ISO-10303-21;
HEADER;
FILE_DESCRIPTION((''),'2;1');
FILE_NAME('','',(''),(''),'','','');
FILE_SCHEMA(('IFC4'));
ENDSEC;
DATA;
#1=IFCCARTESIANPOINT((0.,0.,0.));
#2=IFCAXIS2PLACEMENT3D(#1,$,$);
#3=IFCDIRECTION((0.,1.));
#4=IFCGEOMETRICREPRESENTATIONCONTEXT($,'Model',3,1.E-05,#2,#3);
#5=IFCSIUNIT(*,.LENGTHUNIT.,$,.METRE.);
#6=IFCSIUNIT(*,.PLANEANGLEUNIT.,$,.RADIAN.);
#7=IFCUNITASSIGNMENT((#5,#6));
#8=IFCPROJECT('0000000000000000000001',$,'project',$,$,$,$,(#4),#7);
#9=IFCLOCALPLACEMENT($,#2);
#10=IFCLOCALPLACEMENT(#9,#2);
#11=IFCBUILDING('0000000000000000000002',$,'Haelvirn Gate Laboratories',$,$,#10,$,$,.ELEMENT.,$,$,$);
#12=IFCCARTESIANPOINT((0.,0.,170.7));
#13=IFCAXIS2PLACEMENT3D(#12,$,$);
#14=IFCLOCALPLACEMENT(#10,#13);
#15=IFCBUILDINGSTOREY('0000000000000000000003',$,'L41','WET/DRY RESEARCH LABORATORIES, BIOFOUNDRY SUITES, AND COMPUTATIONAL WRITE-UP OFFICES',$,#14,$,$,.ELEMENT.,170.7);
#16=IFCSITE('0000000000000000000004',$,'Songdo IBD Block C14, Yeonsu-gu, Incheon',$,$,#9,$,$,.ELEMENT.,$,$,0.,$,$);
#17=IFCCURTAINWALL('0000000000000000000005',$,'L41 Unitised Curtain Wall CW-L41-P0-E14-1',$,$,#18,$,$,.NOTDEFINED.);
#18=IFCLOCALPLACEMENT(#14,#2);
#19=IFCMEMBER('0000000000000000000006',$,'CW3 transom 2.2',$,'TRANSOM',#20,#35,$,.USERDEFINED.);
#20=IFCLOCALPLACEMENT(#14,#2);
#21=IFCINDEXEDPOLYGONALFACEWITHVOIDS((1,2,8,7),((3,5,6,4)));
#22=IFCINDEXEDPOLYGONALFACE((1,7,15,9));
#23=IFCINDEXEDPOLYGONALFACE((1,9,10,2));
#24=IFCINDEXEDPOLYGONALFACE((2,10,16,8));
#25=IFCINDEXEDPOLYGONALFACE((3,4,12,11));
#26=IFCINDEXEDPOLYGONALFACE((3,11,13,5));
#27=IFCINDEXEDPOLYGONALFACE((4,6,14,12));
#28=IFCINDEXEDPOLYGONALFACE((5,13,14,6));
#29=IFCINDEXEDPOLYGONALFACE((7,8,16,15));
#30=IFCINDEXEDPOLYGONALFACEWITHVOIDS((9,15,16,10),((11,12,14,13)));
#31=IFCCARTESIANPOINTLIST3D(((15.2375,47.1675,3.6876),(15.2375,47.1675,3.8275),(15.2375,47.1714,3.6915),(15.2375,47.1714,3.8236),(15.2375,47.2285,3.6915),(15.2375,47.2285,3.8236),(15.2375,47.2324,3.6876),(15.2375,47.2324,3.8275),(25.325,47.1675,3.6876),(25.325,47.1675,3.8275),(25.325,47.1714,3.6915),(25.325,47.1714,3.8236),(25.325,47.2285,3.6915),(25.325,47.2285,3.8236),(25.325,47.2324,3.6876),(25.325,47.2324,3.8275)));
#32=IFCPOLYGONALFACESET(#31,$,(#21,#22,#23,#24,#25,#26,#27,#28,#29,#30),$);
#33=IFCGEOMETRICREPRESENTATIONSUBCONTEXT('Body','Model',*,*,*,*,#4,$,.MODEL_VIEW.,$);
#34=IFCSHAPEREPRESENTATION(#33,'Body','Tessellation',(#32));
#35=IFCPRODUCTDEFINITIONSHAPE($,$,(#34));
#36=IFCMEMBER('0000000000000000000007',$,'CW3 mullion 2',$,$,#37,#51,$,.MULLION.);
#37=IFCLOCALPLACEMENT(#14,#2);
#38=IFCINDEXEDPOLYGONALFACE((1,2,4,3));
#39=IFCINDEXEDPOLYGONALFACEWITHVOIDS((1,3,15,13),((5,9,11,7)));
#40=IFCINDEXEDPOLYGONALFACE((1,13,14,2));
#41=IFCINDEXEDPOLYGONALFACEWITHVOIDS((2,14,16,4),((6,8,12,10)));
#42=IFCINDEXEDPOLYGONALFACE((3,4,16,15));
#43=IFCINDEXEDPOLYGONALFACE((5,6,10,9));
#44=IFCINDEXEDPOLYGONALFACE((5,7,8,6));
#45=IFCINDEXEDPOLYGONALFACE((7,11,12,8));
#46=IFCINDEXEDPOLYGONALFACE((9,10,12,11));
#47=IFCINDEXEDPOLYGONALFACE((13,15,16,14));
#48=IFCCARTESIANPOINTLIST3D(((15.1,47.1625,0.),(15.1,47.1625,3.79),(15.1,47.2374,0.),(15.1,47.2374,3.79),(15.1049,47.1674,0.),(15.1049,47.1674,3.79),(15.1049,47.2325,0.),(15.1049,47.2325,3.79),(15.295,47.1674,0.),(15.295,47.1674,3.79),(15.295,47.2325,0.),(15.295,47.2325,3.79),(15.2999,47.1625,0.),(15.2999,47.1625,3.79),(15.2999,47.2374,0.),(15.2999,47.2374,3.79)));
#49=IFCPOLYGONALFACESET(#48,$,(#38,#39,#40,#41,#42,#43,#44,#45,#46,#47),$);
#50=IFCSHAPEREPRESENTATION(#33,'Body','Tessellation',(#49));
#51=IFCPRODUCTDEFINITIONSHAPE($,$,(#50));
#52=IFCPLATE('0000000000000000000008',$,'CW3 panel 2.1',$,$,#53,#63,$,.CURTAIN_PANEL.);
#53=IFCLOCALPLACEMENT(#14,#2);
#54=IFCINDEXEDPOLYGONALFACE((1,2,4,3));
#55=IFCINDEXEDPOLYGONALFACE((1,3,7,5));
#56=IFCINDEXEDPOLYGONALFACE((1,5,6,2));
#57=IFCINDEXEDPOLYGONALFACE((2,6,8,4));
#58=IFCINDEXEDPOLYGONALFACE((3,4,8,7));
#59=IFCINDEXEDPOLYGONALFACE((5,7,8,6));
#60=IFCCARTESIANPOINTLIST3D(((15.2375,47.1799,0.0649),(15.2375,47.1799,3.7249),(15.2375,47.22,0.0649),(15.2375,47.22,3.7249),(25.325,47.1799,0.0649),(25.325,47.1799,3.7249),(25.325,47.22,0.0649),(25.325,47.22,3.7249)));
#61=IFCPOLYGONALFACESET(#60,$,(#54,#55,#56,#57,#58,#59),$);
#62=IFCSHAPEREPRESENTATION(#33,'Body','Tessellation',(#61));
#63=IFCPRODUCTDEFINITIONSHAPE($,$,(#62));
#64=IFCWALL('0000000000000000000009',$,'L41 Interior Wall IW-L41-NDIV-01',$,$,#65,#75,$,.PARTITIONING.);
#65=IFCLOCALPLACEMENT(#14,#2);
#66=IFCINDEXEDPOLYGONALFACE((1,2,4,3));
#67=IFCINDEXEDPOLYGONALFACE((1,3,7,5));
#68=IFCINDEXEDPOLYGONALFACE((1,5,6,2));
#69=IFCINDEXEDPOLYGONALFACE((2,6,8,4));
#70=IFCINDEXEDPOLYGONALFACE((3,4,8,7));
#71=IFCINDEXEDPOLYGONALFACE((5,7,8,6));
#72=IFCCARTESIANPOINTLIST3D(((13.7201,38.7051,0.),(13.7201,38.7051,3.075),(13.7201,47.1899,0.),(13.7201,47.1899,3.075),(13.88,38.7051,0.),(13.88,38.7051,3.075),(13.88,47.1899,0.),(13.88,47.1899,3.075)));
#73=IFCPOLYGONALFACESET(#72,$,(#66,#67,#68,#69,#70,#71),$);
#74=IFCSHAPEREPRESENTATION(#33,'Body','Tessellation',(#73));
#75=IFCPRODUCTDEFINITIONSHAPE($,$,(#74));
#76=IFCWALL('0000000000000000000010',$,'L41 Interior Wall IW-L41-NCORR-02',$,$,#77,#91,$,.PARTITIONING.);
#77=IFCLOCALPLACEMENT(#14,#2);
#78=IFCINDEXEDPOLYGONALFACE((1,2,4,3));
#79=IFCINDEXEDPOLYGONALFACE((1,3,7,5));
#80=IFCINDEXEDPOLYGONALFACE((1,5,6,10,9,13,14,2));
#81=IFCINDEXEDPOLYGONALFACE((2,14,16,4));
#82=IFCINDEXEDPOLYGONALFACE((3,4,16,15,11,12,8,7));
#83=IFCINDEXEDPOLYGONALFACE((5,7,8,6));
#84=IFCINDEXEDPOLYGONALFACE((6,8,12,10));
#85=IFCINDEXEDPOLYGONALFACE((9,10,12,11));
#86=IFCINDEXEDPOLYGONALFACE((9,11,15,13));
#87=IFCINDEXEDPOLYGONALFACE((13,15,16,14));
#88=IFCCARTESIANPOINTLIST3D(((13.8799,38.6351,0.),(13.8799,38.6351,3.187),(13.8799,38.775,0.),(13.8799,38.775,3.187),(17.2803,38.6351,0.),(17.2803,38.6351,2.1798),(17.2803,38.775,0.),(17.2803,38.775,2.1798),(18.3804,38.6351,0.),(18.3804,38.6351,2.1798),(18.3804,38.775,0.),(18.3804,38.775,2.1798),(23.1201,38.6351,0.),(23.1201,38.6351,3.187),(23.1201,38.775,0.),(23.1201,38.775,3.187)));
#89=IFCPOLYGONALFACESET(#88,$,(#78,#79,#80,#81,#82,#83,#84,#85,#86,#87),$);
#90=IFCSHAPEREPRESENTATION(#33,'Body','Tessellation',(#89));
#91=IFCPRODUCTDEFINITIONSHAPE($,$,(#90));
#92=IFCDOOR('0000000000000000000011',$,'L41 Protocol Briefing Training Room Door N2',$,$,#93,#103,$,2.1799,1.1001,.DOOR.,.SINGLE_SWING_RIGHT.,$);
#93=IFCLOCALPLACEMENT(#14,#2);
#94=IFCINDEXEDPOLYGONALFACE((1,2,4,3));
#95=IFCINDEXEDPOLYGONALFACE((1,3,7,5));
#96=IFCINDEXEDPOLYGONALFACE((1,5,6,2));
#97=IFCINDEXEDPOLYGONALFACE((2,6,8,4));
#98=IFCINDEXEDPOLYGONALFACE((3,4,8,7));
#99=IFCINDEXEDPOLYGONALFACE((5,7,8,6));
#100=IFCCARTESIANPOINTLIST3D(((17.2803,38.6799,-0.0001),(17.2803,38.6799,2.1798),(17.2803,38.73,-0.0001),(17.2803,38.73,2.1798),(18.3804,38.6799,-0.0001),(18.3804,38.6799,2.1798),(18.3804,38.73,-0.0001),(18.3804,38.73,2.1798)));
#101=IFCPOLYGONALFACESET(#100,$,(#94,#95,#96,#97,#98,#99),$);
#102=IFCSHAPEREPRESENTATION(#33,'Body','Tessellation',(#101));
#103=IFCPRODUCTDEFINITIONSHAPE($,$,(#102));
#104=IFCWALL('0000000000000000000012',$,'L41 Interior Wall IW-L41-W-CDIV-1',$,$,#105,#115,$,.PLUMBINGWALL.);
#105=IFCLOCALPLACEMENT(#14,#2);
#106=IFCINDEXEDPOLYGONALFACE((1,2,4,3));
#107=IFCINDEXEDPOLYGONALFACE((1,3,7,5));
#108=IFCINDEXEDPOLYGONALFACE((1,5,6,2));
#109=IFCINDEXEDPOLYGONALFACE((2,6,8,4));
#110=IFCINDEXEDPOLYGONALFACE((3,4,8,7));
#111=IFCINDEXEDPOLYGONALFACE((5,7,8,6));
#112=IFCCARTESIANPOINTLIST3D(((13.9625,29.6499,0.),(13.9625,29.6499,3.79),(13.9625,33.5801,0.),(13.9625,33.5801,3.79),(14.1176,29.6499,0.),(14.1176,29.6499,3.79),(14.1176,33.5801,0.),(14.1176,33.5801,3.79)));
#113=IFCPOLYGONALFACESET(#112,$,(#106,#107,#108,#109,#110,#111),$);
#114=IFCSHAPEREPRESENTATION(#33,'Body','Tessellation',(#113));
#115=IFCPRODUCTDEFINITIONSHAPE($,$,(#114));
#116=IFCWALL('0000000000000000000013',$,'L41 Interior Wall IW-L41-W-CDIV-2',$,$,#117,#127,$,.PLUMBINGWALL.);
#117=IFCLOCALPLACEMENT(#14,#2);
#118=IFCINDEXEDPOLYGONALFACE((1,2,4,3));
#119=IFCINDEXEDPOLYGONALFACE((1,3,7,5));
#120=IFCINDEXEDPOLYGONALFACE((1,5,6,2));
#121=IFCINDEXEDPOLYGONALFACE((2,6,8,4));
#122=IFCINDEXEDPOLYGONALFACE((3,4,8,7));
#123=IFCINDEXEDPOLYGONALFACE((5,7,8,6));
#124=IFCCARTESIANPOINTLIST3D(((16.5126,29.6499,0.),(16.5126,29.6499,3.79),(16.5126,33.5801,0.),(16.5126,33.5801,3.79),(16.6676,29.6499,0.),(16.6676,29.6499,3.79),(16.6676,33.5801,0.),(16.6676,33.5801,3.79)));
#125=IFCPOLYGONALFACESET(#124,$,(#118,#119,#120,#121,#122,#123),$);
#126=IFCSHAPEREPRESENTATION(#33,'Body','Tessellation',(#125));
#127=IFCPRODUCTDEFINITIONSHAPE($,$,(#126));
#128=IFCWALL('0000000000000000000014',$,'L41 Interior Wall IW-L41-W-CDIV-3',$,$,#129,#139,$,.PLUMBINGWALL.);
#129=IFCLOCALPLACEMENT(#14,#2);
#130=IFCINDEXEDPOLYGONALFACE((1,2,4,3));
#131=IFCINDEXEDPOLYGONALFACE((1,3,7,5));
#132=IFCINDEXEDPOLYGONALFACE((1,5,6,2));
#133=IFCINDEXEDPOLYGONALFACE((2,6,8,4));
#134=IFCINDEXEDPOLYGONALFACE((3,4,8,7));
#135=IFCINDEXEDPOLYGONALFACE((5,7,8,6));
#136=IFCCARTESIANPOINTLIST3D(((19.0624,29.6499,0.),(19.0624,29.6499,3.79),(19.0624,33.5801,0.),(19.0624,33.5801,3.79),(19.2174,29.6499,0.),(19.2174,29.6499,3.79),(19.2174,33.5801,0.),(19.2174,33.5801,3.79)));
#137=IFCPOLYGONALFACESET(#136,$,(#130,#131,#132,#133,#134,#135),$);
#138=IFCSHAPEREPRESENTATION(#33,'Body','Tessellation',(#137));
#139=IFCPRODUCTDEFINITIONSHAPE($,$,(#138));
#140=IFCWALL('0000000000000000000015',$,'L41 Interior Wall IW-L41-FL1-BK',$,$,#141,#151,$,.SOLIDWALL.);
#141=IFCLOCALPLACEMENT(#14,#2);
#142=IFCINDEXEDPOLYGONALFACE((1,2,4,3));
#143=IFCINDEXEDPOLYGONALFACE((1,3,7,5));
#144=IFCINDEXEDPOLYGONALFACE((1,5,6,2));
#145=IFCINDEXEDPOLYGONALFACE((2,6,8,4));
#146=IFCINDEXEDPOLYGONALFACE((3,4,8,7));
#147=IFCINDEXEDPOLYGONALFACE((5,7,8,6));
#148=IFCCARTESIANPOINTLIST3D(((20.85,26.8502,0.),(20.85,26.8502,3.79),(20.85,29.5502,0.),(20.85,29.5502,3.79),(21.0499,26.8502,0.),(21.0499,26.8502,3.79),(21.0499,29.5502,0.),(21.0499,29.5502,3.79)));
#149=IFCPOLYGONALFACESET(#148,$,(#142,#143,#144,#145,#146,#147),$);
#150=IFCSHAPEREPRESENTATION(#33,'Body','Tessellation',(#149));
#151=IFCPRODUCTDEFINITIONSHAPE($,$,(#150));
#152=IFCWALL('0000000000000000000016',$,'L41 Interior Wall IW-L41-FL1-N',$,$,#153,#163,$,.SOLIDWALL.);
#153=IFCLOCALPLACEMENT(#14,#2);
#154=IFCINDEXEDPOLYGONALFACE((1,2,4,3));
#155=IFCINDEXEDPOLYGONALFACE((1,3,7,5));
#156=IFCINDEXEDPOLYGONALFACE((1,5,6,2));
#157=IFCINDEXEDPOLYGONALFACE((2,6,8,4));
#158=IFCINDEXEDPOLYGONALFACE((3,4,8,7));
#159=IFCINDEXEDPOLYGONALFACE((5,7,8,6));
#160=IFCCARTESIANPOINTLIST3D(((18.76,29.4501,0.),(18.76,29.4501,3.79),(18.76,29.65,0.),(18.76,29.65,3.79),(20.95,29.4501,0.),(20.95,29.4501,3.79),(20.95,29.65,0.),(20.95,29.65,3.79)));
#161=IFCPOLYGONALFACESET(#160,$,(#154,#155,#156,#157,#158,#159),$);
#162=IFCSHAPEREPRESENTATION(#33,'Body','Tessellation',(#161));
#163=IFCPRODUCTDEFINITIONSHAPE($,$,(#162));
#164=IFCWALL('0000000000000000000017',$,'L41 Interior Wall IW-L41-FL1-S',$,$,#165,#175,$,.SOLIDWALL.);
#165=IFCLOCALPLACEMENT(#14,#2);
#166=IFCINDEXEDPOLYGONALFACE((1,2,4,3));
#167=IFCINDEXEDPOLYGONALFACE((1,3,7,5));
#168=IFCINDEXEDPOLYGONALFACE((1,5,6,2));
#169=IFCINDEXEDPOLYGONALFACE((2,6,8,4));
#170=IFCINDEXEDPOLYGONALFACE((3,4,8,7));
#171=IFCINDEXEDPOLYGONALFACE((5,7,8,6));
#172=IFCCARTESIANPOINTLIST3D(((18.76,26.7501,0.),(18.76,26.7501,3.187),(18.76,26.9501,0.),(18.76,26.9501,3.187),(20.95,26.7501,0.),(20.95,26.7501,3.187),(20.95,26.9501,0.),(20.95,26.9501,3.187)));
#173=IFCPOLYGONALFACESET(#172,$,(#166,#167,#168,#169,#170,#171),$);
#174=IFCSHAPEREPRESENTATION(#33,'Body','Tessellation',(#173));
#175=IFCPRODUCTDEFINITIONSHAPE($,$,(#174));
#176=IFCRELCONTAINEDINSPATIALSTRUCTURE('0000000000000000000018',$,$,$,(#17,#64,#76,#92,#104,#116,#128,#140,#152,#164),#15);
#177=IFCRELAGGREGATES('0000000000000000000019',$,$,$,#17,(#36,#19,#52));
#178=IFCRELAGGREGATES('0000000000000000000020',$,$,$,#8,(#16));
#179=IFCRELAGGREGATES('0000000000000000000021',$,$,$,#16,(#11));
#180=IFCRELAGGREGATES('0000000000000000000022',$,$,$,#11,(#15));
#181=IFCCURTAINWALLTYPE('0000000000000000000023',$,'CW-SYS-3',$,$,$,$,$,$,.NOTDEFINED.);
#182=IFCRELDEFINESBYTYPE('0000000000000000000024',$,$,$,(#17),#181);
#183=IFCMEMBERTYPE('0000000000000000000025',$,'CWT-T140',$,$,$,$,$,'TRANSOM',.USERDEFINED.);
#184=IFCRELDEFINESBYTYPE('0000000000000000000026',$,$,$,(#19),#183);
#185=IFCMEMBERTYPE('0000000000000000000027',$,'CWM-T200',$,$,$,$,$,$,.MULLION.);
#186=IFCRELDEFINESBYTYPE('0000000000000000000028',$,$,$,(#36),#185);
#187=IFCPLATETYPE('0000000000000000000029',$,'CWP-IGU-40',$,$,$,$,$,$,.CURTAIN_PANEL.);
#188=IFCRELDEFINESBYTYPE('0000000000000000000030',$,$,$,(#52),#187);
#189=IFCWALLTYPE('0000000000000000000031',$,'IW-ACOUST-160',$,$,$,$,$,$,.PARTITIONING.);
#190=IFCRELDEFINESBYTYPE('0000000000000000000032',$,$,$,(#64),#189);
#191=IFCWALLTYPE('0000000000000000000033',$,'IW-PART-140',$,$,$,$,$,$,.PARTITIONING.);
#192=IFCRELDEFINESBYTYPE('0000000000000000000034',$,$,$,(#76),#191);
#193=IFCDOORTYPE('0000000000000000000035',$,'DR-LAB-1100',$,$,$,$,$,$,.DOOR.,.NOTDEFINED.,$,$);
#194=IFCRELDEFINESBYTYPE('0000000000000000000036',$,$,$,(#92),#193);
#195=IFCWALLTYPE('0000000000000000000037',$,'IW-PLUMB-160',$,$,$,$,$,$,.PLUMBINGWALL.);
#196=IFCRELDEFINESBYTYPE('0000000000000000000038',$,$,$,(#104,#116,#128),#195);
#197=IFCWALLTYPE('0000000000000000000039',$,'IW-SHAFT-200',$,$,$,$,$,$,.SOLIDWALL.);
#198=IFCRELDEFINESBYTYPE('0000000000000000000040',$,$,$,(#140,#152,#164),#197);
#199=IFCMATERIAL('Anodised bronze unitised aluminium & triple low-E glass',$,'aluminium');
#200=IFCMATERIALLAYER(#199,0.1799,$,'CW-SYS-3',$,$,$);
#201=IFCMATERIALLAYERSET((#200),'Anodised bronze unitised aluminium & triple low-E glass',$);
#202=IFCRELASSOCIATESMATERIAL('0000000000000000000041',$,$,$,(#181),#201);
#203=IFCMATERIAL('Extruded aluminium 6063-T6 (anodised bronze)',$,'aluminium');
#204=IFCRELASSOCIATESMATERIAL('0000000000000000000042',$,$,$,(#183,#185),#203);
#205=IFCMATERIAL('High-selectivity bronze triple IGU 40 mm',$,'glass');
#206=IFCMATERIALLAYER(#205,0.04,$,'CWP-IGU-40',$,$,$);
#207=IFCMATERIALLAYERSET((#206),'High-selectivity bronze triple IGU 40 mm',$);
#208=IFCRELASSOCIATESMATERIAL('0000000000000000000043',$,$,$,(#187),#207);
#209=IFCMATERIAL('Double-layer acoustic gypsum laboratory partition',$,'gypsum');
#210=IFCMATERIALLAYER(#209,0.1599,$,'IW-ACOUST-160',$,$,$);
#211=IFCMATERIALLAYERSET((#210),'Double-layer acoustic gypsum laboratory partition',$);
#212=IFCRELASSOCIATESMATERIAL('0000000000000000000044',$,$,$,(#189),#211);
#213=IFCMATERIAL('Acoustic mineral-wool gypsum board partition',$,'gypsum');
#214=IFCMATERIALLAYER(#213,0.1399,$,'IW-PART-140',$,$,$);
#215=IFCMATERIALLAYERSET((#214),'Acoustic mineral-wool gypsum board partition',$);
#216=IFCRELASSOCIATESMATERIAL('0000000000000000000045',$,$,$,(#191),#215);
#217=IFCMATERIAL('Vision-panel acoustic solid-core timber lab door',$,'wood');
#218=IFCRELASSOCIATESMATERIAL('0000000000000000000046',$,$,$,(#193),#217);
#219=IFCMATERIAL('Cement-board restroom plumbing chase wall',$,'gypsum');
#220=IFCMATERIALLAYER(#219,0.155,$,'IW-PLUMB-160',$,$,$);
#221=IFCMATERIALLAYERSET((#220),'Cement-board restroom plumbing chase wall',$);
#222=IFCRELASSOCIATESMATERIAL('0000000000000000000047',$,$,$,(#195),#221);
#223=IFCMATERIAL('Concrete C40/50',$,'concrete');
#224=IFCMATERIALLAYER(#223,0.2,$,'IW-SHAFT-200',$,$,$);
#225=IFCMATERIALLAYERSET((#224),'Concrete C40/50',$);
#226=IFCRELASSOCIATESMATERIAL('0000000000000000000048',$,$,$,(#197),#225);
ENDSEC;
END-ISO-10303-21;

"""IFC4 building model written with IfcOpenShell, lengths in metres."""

from ifc_helpers import new_model, si_unit, direction, frame, frame_2d, origin, origin_2d, place, context, subcontext, project, spatial, rectangle, hollow_rectangle, extrude, source, transform, mapped, material, layer, layer_set, material_profile, profile_set, type_object, type_shapes, element, fill, aggregate, save


model = new_model("IFC4")

# Units and contexts
model_context = context("Model", 3, precision=1e-05, world=origin(), true_north=direction((0.0, 1.0)))
body_context = subcontext(model_context, "Body", "Model", "MODEL_VIEW")
ifc_project = project(units=[si_unit("LENGTHUNIT", "METRE"), si_unit("PLANEANGLEUNIT", "RADIAN")], contexts=[model_context])

# Site, building, storey
site_placement = place(None, origin())
site = spatial("IfcSite", under=ifc_project, at=site_placement, Name="Songdo IBD Block C14, Yeonsu-gu, Incheon", CompositionType="ELEMENT", RefElevation=0.0)
building_placement = place(site_placement, origin())
building = spatial("IfcBuilding", under=site, at=building_placement, Name="Haelvirn Gate Laboratories", CompositionType="ELEMENT")
storey_placement = place(building_placement, frame((0.0, 0.0, 170.7)))
storey = spatial("IfcBuildingStorey", under=building, at=storey_placement, Name="L41", Description="WET/DRY RESEARCH LABORATORIES, BIOFOUNDRY SUITES, AND COMPUTATIONAL WRITE-UP OFFICES", CompositionType="ELEMENT", Elevation=170.7)

# Curtain wall, members, plate
ifc_material_1 = material(Name="Anodised bronze unitised aluminium & triple low-E glass", Category="aluminium")
ifc_layer_1 = layer(ifc_material_1, 0.1799, Name="CW-SYS-3")
ifc_layer_set_1 = layer_set([ifc_layer_1], Name="Anodised bronze unitised aluminium & triple low-E glass")
curtain_wall_type = type_object("IfcCurtainWallType", Name="CW-SYS-3", PredefinedType="NOTDEFINED", material=ifc_layer_set_1)
curtain_wall_placement = place(storey_placement, origin())
curtain_wall = element("IfcCurtainWall", 1, at=curtain_wall_placement, inside=storey, type_object=curtain_wall_type, Name="L41 Unitised Curtain Wall CW-L41-P0-E14-1", PredefinedType="NOTDEFINED")
ifc_material_2 = material(Name="Extruded aluminium 6063-T6 (anodised bronze)", Category="aluminium")
ifc_material_profile_1 = material_profile(ifc_material_2, hollow_rectangle(XDim=0.0649, YDim=0.1399, WallThickness=0.0039, at=origin_2d()), Name="CWT-140x65x4")
ifc_profile_set_1 = profile_set([ifc_material_profile_1], Name="Extruded aluminium 6063-T6 (anodised bronze)")
member_type_1 = type_object("IfcMemberType", Name="CWT-T140", ElementType="TRANSOM", PredefinedType="USERDEFINED", material=ifc_profile_set_1)
shared_shape_1 = source(origin(), body_context, "Body", "SweptSolid", [
    extrude(hollow_rectangle(XDim=0.0649, YDim=0.1399, WallThickness=0.0039, at=origin_2d()), origin(), (0.0, 0.0, 1.0), 10.0874),
])
type_shapes(member_type_1, [shared_shape_1])
member_1_placement = place(storey_placement, frame((15.2375, 47.2, 3.7576), z_axis=(1.0, 0.0, 0.0), x_axis=(0.0, 1.0, 0.0)))
member_1 = element("IfcMember", 2, at=member_1_placement, type_object=member_type_1, Name="CW3 transom 2.2", ObjectType="TRANSOM", PredefinedType="USERDEFINED", context=body_context, shape_type="MappedRepresentation", body=[
    mapped(shared_shape_1, transform((0.0, 0.0, 0.0), scale=1.0)),
])
ifc_material_profile_2 = material_profile(ifc_material_2, hollow_rectangle(XDim=0.075, YDim=0.2, WallThickness=0.0049, at=origin_2d()), Name="CWM-200x75x5")
ifc_profile_set_2 = profile_set([ifc_material_profile_2], Name="Extruded aluminium 6063-T6 (anodised bronze)")
member_type_2 = type_object("IfcMemberType", Name="CWM-T200", PredefinedType="MULLION", material=ifc_profile_set_2)
shared_shape_2 = source(origin(), body_context, "Body", "SweptSolid", [
    extrude(hollow_rectangle(XDim=0.075, YDim=0.2, WallThickness=0.0049, at=origin_2d()), origin(), (0.0, 0.0, 1.0), 3.79),
])
type_shapes(member_type_2, [shared_shape_2])
member_2_placement = place(storey_placement, frame((15.2, 47.2, 0.0), z_axis=(0.0, 0.0, 1.0), x_axis=(0.0, 1.0, 0.0)))
member_2 = element("IfcMember", 3, at=member_2_placement, type_object=member_type_2, Name="CW3 mullion 2", PredefinedType="MULLION", context=body_context, shape_type="MappedRepresentation", body=[
    mapped(shared_shape_2, transform((0.0, 0.0, 0.0), scale=1.0)),
])
ifc_material_3 = material(Name="High-selectivity bronze triple IGU 40 mm", Category="glass")
ifc_layer_2 = layer(ifc_material_3, 0.04, Name="CWP-IGU-40")
ifc_layer_set_2 = layer_set([ifc_layer_2], Name="High-selectivity bronze triple IGU 40 mm")
plate_type = type_object("IfcPlateType", Name="CWP-IGU-40", PredefinedType="CURTAIN_PANEL", material=ifc_layer_set_2)
shared_shape_3 = source(origin(), body_context, "Body", "SweptSolid", [
    extrude(rectangle(XDim=10.0874, YDim=0.04, at=origin_2d()), origin(), (0.0, 0.0, 1.0), 3.6599),
])
type_shapes(plate_type, [shared_shape_3])
plate_placement = place(storey_placement, frame((20.2812, 47.2, 0.0649), z_axis=(0.0, 0.0, 1.0), x_axis=(1.0, 0.0, 0.0)))
plate = element("IfcPlate", 4, at=plate_placement, type_object=plate_type, Name="CW3 panel 2.1", PredefinedType="CURTAIN_PANEL", context=body_context, shape_type="MappedRepresentation", body=[
    mapped(shared_shape_3, transform((0.0, 0.0, 0.0), scale=1.0)),
])
aggregate(curtain_wall, [member_2, member_1, plate])

# Wall
ifc_material_4 = material(Name="Double-layer acoustic gypsum laboratory partition", Category="gypsum")
ifc_layer_3 = layer(ifc_material_4, 0.1599, Name="IW-ACOUST-160")
ifc_layer_set_3 = layer_set([ifc_layer_3], Name="Double-layer acoustic gypsum laboratory partition")
wall_type_1 = type_object("IfcWallType", Name="IW-ACOUST-160", PredefinedType="PARTITIONING", material=ifc_layer_set_3)
wall_1_placement = place(storey_placement, frame((13.8, 38.7051, 0.0), z_axis=(0.0, 0.0, 1.0), x_axis=(0.0, 1.0, 0.0)))
element("IfcWall", 5, at=wall_1_placement, inside=storey, type_object=wall_type_1, Name="L41 Interior Wall IW-L41-NDIV-01", PredefinedType="PARTITIONING", context=body_context, shape_type="SweptSolid", body=[
    extrude(rectangle(XDim=8.4849, YDim=0.1599, at=frame_2d((4.2424, 0.0))), origin(), (0.0, 0.0, 1.0), 3.075),
])

# Wall, opening, door
ifc_material_5 = material(Name="Acoustic mineral-wool gypsum board partition", Category="gypsum")
ifc_layer_4 = layer(ifc_material_5, 0.1399, Name="IW-PART-140")
ifc_layer_set_4 = layer_set([ifc_layer_4], Name="Acoustic mineral-wool gypsum board partition")
wall_type_2 = type_object("IfcWallType", Name="IW-PART-140", PredefinedType="PARTITIONING", material=ifc_layer_set_4)
wall_2_placement = place(storey_placement, frame((13.8799, 38.7051, 0.0), z_axis=(0.0, 0.0, 1.0), x_axis=(1.0, 0.0, 0.0)))
wall_2 = element("IfcWall", 6, at=wall_2_placement, inside=storey, type_object=wall_type_2, Name="L41 Interior Wall IW-L41-NCORR-02", PredefinedType="PARTITIONING", context=body_context, shape_type="SweptSolid", body=[
    extrude(rectangle(XDim=9.2402, YDim=0.1399, at=frame_2d((4.6201, 0.0))), origin(), (0.0, 0.0, 1.0), 3.187),
])
opening_placement = place(wall_2_placement, frame((3.4004, 0.0, 0.0)))
opening = element("IfcOpeningElement", 7, at=opening_placement, cuts=wall_2, PredefinedType="OPENING", context=body_context, shape_type="SweptSolid", body=[
    extrude(rectangle(XDim=1.1001, YDim=2.1799, at=frame_2d((0.55, 1.0898))), frame((0.0, 0.0801, 0.0), z_axis=(0.0, -1.0, 0.0), x_axis=(1.0, 0.0, 0.0)), (0.0, 0.0, 1.0), 0.1599),
])
ifc_material_6 = material(Name="Vision-panel acoustic solid-core timber lab door", Category="wood")
door_type = type_object("IfcDoorType", Name="DR-LAB-1100", OperationType="NOTDEFINED", PredefinedType="DOOR", material=ifc_material_6)
shared_shape_4 = source(origin(), body_context, "Body", "SweptSolid", [
    extrude(rectangle(XDim=1.1001, YDim=2.1799, at=frame_2d((0.55, 1.0898))), frame((0.0, 0.0249, 0.0), z_axis=(0.0, -1.0, 0.0), x_axis=(1.0, 0.0, 0.0)), (0.0, 0.0, 1.0), 0.05),
])
type_shapes(door_type, [shared_shape_4])
door_placement = place(opening_placement, origin())
door = element("IfcDoor", 8, at=door_placement, inside=storey, type_object=door_type, Name="L41 Protocol Briefing Training Room Door N2", OperationType="SINGLE_SWING_RIGHT", OverallHeight=2.1799, OverallWidth=1.1001, PredefinedType="DOOR", context=body_context, shape_type="MappedRepresentation", body=[
    mapped(shared_shape_4, transform((0.0, 0.0, 0.0), scale=1.0)),
])
fill(opening, door)

# Walls
ifc_material_7 = material(Name="Cement-board restroom plumbing chase wall", Category="gypsum")
ifc_layer_5 = layer(ifc_material_7, 0.155, Name="IW-PLUMB-160")
ifc_layer_set_5 = layer_set([ifc_layer_5], Name="Cement-board restroom plumbing chase wall")
wall_type_3 = type_object("IfcWallType", Name="IW-PLUMB-160", PredefinedType="PLUMBINGWALL", material=ifc_layer_set_5)
for number, where, z_axis, x_axis, name in (
    (9, (14.04, 29.6499, 0.0), (0.0, 0.0, 1.0), (0.0, 1.0, 0.0), "L41 Interior Wall IW-L41-W-CDIV-1"),
    (10, (16.5901, 29.6499, 0.0), (0.0, 0.0, 1.0), (0.0, 1.0, 0.0), "L41 Interior Wall IW-L41-W-CDIV-2"),
    (11, (19.1399, 29.6499, 0.0), (0.0, 0.0, 1.0), (0.0, 1.0, 0.0), "L41 Interior Wall IW-L41-W-CDIV-3"),
):
    element("IfcWall", number, at=place(storey_placement, frame(where, z_axis=z_axis, x_axis=x_axis)), inside=storey, type_object=wall_type_3, Name=name, PredefinedType="PLUMBINGWALL", context=body_context, shape_type="SweptSolid", body=[
        extrude(rectangle(XDim=3.9302, YDim=0.155, at=frame_2d((1.9651, 0.0))), origin(), (0.0, 0.0, 1.0), 3.79),
    ])
ifc_material_8 = material(Name="Concrete C40/50", Category="concrete")
ifc_layer_6 = layer(ifc_material_8, 0.2, Name="IW-SHAFT-200")
ifc_layer_set_6 = layer_set([ifc_layer_6], Name="Concrete C40/50")
wall_type_4 = type_object("IfcWallType", Name="IW-SHAFT-200", PredefinedType="SOLIDWALL", material=ifc_layer_set_6)
wall_3_placement = place(storey_placement, frame((20.95, 26.8501, 0.0), z_axis=(0.0, 0.0, 1.0), x_axis=(0.0, 1.0, 0.0)))
element("IfcWall", 12, at=wall_3_placement, inside=storey, type_object=wall_type_4, Name="L41 Interior Wall IW-L41-FL1-BK", PredefinedType="SOLIDWALL", context=body_context, shape_type="SweptSolid", body=[
    extrude(rectangle(XDim=2.7, YDim=0.2, at=frame_2d((1.3501, 0.0))), origin(), (0.0, 0.0, 1.0), 3.79),
])
wall_4_placement = place(storey_placement, frame((18.76, 29.55, 0.0), z_axis=(0.0, 0.0, 1.0), x_axis=(1.0, 0.0, 0.0)))
element("IfcWall", 13, at=wall_4_placement, inside=storey, type_object=wall_type_4, Name="L41 Interior Wall IW-L41-FL1-N", PredefinedType="SOLIDWALL", context=body_context, shape_type="SweptSolid", body=[
    extrude(rectangle(XDim=2.1899, YDim=0.2, at=frame_2d((1.095, 0.0))), origin(), (0.0, 0.0, 1.0), 3.79),
])
wall_5_placement = place(storey_placement, frame((18.76, 26.8501, 0.0), z_axis=(0.0, 0.0, 1.0), x_axis=(1.0, 0.0, 0.0)))
element("IfcWall", 14, at=wall_5_placement, inside=storey, type_object=wall_type_4, Name="L41 Interior Wall IW-L41-FL1-S", PredefinedType="SOLIDWALL", context=body_context, shape_type="SweptSolid", body=[
    extrude(rectangle(XDim=2.1899, YDim=0.2, at=frame_2d((1.095, 0.0))), origin(), (0.0, 0.0, 1.0), 3.187),
])

save(model, "model.ifc")
